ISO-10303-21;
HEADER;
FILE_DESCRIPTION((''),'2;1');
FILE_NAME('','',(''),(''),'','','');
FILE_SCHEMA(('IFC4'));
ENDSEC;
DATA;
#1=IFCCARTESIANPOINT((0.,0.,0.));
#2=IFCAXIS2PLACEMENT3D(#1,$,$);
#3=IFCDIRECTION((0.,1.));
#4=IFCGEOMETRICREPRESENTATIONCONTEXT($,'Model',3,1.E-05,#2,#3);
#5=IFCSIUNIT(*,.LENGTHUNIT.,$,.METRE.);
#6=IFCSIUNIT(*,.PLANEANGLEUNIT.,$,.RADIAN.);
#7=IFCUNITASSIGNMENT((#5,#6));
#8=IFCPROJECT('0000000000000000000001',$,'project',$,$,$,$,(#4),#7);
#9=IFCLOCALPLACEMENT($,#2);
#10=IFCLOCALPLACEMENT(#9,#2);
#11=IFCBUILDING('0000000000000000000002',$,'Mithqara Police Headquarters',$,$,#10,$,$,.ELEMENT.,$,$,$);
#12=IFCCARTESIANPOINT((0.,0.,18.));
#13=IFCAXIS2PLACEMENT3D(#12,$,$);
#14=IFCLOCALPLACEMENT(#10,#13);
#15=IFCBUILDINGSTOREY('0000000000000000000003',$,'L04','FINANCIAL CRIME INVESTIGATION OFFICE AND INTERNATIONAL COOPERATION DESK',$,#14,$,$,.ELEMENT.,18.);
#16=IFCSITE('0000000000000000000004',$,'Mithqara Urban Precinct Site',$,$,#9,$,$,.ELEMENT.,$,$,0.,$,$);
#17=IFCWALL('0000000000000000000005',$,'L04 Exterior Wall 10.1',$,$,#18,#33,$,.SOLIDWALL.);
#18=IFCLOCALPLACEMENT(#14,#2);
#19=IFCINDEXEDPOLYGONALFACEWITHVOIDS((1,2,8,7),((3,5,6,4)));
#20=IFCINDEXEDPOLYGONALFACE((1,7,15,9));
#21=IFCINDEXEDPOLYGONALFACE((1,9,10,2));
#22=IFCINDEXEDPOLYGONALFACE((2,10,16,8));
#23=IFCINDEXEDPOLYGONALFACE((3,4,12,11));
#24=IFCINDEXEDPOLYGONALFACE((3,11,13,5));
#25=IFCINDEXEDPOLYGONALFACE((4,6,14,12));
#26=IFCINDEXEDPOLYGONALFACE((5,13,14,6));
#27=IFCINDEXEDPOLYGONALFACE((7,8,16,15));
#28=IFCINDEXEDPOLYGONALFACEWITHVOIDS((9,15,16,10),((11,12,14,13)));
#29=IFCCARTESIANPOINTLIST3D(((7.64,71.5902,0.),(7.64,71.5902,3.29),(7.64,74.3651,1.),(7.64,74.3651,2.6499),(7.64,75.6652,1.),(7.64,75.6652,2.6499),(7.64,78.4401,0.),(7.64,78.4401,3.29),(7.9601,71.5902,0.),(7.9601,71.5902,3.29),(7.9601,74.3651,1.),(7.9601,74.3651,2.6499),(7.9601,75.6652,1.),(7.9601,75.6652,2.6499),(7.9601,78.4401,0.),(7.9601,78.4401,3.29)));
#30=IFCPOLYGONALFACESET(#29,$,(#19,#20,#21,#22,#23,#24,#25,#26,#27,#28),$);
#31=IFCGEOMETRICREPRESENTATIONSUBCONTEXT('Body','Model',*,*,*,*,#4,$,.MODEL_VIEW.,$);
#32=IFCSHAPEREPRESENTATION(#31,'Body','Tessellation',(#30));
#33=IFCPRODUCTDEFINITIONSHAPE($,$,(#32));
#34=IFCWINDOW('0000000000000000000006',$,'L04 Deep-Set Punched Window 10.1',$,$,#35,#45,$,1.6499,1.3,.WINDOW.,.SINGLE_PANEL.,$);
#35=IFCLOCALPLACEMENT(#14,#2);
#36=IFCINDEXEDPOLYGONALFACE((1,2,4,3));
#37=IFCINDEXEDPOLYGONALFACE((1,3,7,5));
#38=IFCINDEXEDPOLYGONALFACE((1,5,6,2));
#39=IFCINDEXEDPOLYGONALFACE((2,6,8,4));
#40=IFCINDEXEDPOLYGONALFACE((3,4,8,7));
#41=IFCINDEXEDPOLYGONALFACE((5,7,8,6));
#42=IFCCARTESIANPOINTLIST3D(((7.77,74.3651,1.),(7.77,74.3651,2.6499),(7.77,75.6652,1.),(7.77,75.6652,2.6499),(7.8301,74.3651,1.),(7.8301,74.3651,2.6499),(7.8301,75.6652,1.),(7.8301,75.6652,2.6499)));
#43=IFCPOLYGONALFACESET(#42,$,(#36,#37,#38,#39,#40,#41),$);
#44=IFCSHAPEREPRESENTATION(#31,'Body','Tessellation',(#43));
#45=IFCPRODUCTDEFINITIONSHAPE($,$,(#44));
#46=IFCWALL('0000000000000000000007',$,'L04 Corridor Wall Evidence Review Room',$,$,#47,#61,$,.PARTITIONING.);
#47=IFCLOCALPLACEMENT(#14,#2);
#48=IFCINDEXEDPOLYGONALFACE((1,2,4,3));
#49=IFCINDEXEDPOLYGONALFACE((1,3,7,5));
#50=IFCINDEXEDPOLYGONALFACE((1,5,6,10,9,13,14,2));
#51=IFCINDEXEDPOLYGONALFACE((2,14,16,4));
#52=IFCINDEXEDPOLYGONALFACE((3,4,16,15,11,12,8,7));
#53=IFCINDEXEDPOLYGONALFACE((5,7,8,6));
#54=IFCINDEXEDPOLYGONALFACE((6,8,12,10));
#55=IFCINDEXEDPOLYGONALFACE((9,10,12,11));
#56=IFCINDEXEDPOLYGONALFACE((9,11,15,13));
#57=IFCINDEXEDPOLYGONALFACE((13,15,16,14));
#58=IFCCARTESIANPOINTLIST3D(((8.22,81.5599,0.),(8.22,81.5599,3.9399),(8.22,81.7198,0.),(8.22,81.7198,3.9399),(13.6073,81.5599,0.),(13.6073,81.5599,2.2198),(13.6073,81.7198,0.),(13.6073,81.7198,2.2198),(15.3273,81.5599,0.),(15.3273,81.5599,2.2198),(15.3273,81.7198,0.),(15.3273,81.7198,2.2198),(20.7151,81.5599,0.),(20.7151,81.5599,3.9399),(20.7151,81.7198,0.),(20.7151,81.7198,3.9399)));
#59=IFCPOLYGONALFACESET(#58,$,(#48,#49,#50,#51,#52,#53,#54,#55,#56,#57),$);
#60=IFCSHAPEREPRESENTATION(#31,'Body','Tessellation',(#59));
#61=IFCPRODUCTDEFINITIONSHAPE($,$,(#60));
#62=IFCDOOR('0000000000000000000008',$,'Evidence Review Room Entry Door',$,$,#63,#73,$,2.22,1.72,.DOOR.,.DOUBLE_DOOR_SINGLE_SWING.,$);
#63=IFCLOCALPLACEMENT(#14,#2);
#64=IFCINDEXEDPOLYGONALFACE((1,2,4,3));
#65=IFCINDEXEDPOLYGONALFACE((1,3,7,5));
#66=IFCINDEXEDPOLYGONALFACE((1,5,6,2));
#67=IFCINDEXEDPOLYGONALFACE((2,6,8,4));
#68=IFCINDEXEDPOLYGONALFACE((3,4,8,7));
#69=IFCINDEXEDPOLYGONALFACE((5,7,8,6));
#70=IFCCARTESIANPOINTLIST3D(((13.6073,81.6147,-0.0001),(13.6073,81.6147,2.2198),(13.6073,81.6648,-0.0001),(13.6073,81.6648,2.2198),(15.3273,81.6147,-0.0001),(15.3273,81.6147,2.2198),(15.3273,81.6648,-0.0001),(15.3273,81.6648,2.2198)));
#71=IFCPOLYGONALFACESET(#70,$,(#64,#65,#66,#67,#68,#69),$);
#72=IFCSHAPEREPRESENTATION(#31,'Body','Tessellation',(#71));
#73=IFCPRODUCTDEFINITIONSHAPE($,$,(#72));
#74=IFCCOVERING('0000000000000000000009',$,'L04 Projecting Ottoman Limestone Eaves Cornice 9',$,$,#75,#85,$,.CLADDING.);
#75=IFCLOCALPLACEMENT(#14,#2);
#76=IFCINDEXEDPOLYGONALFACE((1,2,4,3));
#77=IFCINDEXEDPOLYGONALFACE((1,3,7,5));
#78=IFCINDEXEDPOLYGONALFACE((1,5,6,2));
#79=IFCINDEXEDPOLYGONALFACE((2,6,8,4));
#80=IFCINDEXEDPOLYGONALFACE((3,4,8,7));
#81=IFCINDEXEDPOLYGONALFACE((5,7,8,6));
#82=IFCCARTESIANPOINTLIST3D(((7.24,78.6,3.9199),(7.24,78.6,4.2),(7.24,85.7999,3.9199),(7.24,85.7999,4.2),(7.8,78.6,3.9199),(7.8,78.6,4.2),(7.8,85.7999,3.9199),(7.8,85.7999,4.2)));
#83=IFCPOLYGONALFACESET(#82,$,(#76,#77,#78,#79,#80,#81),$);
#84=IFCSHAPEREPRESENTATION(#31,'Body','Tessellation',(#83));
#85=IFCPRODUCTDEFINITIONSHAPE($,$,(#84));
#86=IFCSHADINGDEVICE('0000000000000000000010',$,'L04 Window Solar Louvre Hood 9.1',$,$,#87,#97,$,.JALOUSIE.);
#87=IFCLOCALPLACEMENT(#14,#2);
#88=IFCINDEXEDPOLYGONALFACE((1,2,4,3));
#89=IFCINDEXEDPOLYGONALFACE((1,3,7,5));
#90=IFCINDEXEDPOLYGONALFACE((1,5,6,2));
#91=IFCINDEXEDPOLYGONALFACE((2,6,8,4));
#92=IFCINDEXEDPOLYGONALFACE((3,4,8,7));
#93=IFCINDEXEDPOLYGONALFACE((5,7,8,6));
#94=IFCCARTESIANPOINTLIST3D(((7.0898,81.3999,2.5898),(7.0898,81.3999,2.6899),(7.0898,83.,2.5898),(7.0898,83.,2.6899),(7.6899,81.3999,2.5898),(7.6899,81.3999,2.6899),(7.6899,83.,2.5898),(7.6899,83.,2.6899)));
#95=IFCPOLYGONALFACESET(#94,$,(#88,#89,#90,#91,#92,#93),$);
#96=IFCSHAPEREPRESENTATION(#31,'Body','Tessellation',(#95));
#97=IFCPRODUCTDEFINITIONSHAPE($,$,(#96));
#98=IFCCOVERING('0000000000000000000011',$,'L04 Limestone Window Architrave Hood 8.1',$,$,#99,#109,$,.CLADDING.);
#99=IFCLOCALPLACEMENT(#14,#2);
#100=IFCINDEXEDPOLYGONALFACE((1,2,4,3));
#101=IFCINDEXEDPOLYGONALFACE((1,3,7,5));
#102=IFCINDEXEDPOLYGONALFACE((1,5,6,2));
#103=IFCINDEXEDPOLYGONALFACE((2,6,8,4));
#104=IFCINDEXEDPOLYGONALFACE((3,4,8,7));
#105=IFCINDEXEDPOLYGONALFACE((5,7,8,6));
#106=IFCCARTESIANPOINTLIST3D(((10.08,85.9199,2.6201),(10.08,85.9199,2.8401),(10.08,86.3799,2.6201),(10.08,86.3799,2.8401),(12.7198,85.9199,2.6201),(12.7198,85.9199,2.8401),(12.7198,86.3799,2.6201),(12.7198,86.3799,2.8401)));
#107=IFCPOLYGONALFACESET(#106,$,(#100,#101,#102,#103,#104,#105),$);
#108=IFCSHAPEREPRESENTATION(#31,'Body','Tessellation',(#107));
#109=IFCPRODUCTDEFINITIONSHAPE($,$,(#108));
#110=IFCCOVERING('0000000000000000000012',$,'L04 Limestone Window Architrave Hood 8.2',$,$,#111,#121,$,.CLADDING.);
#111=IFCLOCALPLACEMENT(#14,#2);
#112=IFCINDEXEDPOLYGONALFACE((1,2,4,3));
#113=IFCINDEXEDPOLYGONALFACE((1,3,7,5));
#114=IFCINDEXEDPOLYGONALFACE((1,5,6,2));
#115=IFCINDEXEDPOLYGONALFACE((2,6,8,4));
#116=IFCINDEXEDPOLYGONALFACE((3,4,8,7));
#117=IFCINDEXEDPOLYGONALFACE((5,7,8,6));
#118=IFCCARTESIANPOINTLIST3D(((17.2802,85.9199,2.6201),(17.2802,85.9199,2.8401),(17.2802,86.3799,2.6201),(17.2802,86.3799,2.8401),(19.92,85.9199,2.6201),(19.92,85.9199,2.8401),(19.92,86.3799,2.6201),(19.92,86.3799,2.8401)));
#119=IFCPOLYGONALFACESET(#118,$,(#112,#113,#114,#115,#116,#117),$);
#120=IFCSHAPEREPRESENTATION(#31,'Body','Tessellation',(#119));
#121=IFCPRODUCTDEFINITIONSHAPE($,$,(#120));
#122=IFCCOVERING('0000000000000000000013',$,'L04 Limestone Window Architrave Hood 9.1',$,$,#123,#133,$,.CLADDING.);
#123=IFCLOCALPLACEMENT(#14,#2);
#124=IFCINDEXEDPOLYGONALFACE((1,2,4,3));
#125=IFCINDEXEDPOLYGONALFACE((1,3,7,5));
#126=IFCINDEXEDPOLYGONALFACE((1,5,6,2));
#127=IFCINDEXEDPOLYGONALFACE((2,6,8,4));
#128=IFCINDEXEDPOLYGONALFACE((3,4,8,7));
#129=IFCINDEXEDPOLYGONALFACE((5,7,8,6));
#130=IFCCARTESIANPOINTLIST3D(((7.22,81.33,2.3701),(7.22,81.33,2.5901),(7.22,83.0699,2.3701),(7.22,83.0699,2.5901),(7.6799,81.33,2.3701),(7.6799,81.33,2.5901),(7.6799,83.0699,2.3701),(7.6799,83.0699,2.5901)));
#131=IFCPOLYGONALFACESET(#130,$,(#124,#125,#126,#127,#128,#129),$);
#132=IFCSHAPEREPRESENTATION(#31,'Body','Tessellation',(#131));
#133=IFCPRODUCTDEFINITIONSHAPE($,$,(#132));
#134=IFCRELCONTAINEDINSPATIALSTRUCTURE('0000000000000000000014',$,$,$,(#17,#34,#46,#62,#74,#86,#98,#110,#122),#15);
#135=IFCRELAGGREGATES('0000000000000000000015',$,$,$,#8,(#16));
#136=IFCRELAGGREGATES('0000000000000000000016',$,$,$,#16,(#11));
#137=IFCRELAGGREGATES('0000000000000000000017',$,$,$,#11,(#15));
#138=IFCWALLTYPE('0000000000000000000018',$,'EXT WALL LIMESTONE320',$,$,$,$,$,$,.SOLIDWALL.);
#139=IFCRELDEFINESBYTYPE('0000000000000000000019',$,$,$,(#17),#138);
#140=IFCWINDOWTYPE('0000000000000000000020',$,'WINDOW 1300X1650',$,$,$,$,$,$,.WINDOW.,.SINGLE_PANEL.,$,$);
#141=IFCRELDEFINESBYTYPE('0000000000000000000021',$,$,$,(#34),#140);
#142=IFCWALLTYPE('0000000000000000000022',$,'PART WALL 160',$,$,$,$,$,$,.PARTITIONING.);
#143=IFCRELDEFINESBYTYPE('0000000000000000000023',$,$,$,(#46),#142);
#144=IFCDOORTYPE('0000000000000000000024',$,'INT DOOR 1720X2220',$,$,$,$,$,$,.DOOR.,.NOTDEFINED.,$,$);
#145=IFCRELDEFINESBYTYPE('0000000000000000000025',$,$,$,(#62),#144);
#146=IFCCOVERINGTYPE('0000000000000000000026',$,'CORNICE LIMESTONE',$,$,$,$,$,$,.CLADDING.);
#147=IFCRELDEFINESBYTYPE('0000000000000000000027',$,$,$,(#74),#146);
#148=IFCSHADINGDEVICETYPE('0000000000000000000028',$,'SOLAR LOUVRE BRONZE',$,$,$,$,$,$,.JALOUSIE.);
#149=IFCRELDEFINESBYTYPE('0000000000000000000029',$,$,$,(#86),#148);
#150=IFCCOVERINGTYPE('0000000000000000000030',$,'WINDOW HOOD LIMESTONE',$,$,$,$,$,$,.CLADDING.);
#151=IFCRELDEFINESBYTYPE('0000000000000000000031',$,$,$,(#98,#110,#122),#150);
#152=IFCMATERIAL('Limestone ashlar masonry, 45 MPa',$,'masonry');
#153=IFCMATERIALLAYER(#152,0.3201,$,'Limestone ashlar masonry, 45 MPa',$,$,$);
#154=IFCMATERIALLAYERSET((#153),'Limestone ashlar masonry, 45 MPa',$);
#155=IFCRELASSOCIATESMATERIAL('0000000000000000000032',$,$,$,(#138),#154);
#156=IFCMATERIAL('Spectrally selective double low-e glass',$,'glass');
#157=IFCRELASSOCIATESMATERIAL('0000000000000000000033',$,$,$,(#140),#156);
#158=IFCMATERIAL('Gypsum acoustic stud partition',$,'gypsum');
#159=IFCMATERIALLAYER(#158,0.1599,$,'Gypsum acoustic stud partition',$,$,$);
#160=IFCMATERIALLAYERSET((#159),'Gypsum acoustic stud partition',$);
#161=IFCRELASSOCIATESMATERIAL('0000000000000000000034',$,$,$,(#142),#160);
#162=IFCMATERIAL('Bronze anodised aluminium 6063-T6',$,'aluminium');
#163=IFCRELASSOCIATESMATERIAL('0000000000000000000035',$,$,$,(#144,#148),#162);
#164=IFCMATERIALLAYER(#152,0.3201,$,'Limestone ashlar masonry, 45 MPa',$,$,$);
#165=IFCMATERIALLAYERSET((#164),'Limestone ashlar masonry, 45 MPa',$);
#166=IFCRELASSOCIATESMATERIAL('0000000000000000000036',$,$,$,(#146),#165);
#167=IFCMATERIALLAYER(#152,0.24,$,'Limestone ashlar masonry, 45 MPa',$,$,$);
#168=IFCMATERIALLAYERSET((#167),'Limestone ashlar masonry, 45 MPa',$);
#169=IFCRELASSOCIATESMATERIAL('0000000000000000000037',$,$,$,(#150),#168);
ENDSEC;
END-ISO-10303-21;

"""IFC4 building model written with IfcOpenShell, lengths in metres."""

from ifc_helpers import new_model, si_unit, direction, frame, frame_2d, origin, origin_2d, place, context, subcontext, project, spatial, rectangle, extrude, material, layer, layer_set, type_object, element, fill, save


model = new_model("IFC4")

# Units and contexts
model_context = context("Model", 3, precision=1e-05, world=origin(), true_north=direction((0.0, 1.0)))
body_context = subcontext(model_context, "Body", "Model", "MODEL_VIEW")
ifc_project = project(units=[si_unit("LENGTHUNIT", "METRE"), si_unit("PLANEANGLEUNIT", "RADIAN")], contexts=[model_context])

# Site, building, storey
site_placement = place(None, origin())
site = spatial("IfcSite", under=ifc_project, at=site_placement, Name="Mithqara Urban Precinct Site", CompositionType="ELEMENT", RefElevation=0.0)
building_placement = place(site_placement, origin())
building = spatial("IfcBuilding", under=site, at=building_placement, Name="Mithqara Police Headquarters", CompositionType="ELEMENT")
storey_placement = place(building_placement, frame((0.0, 0.0, 18.0)))
storey = spatial("IfcBuildingStorey", under=building, at=storey_placement, Name="L04", Description="FINANCIAL CRIME INVESTIGATION OFFICE AND INTERNATIONAL COOPERATION DESK", CompositionType="ELEMENT", Elevation=18.0)

# Wall, opening, window
ifc_material_1 = material(Name="Limestone ashlar masonry, 45 MPa", Category="masonry")
ifc_layer_1 = layer(ifc_material_1, 0.3201, Name="Limestone ashlar masonry, 45 MPa")
ifc_layer_set_1 = layer_set([ifc_layer_1], Name="Limestone ashlar masonry, 45 MPa")
wall_type_1 = type_object("IfcWallType", Name="EXT WALL LIMESTONE320", PredefinedType="SOLIDWALL", material=ifc_layer_set_1)
ifc_material_2 = material(Name="Spectrally selective double low-e glass", Category="glass")
wall_1_placement = place(storey_placement, frame((7.8, 78.4399, 0.0), z_axis=(0.0, 0.0, 1.0), x_axis=(0.0, -1.0, 0.0)))
wall_1 = element("IfcWall", 1, at=wall_1_placement, inside=storey, type_object=wall_type_1, Name="L04 Exterior Wall 10.1", PredefinedType="SOLIDWALL", context=body_context, shape_type="SweptSolid", body=[
    extrude(rectangle(XDim=6.8499, YDim=0.3201, at=frame_2d((3.4248, 0.0))), origin(), (0.0, 0.0, 1.0), 3.29),
])
opening_1_placement = place(wall_1_placement, frame((2.7749, 0.0, 1.0)))
opening_1 = element("IfcOpeningElement", 2, at=opening_1_placement, cuts=wall_1, PredefinedType="OPENING", context=body_context, shape_type="SweptSolid", body=[
    extrude(rectangle(XDim=1.3, YDim=1.6499, at=frame_2d((0.6499, 0.825))), frame((0.0, 0.1699, 0.0), z_axis=(0.0, -1.0, 0.0), x_axis=(1.0, 0.0, 0.0)), (0.0, 0.0, 1.0), 0.3401),
])
window_type_1 = type_object("IfcWindowType", Name="WINDOW 1300X1650", PartitioningType="SINGLE_PANEL", PredefinedType="WINDOW", material=ifc_material_2)
window_1_placement = place(opening_1_placement, origin())
window_1 = element("IfcWindow", 3, at=window_1_placement, inside=storey, type_object=window_type_1, Name="L04 Deep-Set Punched Window 10.1", OverallHeight=1.6499, OverallWidth=1.3, PartitioningType="SINGLE_PANEL", PredefinedType="WINDOW", context=body_context, shape_type="SweptSolid", body=[
    extrude(rectangle(XDim=1.3, YDim=1.6499, at=frame_2d((0.6499, 0.825))), frame((0.0, 0.03, 0.0), z_axis=(0.0, -1.0, 0.0), x_axis=(1.0, 0.0, 0.0)), (0.0, 0.0, 1.0), 0.0601),
])
fill(opening_1, window_1)

# Wall, opening, door
ifc_material_3 = material(Name="Gypsum acoustic stud partition", Category="gypsum")
ifc_layer_2 = layer(ifc_material_3, 0.1599, Name="Gypsum acoustic stud partition")
ifc_layer_set_2 = layer_set([ifc_layer_2], Name="Gypsum acoustic stud partition")
wall_type_2 = type_object("IfcWallType", Name="PART WALL 160", PredefinedType="PARTITIONING", material=ifc_layer_set_2)
wall_2_placement = place(storey_placement, frame((8.22, 81.6399, 0.0), z_axis=(0.0, 0.0, 1.0), x_axis=(1.0, 0.0, 0.0)))
wall_2 = element("IfcWall", 4, at=wall_2_placement, inside=storey, type_object=wall_type_2, Name="L04 Corridor Wall Evidence Review Room", PredefinedType="PARTITIONING", context=body_context, shape_type="SweptSolid", body=[
    extrude(rectangle(XDim=12.4951, YDim=0.1599, at=frame_2d((6.2476, 0.0))), origin(), (0.0, 0.0, 1.0), 3.9399),
])
opening_2_placement = place(wall_2_placement, frame((5.3875, 0.0, 0.0)))
opening_2 = element("IfcOpeningElement", 5, at=opening_2_placement, cuts=wall_2, PredefinedType="OPENING", context=body_context, shape_type="SweptSolid", body=[
    extrude(rectangle(XDim=1.72, YDim=2.22, at=frame_2d((0.8599, 1.1099))), frame((0.0, 0.0898, 0.0), z_axis=(0.0, -1.0, 0.0), x_axis=(1.0, 0.0, 0.0)), (0.0, 0.0, 1.0), 0.1799),
])
ifc_material_4 = material(Name="Bronze anodised aluminium 6063-T6", Category="aluminium")
door_type = type_object("IfcDoorType", Name="INT DOOR 1720X2220", OperationType="NOTDEFINED", PredefinedType="DOOR", material=ifc_material_4)
door_placement = place(opening_2_placement, origin())
door = element("IfcDoor", 6, at=door_placement, inside=storey, type_object=door_type, Name="Evidence Review Room Entry Door", OperationType="DOUBLE_DOOR_SINGLE_SWING", OverallHeight=2.22, OverallWidth=1.72, PredefinedType="DOOR", context=body_context, shape_type="SweptSolid", body=[
    extrude(rectangle(XDim=1.72, YDim=2.22, at=frame_2d((0.8599, 1.1099))), frame((0.0, 0.0249, 0.0), z_axis=(0.0, -1.0, 0.0), x_axis=(1.0, 0.0, 0.0)), (0.0, 0.0, 1.0), 0.05),
])
fill(opening_2, door)

# Covering
ifc_layer_3 = layer(ifc_material_1, 0.3201, Name="Limestone ashlar masonry, 45 MPa")
ifc_layer_set_3 = layer_set([ifc_layer_3], Name="Limestone ashlar masonry, 45 MPa")
covering_type_1 = type_object("IfcCoveringType", Name="CORNICE LIMESTONE", PredefinedType="CLADDING", material=ifc_layer_set_3)
covering_1_placement = place(storey_placement, frame((7.52, 82.2, 3.9199), z_axis=(0.0, 0.0, 1.0), x_axis=(0.0, 1.0, 0.0)))
element("IfcCovering", 7, at=covering_1_placement, inside=storey, type_object=covering_type_1, Name="L04 Projecting Ottoman Limestone Eaves Cornice 9", PredefinedType="CLADDING", context=body_context, shape_type="SweptSolid", body=[
    extrude(rectangle(XDim=7.2, YDim=0.5601, at=origin_2d()), origin(), (0.0, 0.0, 1.0), 0.28),
])

# Shading device
shading_device_type = type_object("IfcShadingDeviceType", Name="SOLAR LOUVRE BRONZE", PredefinedType="JALOUSIE", material=ifc_material_4)
shading_device_placement = place(storey_placement, frame((7.3899, 82.2, 2.5898), z_axis=(0.0, 0.0, 1.0), x_axis=(0.0, 1.0, 0.0)))
element("IfcShadingDevice", 8, at=shading_device_placement, inside=storey, type_object=shading_device_type, Name="L04 Window Solar Louvre Hood 9.1", PredefinedType="JALOUSIE", context=body_context, shape_type="SweptSolid", body=[
    extrude(rectangle(XDim=1.6001, YDim=0.6001, at=origin_2d()), origin(), (0.0, 0.0, 1.0), 0.1001),
])

# Coverings
ifc_layer_4 = layer(ifc_material_1, 0.24, Name="Limestone ashlar masonry, 45 MPa")
ifc_layer_set_4 = layer_set([ifc_layer_4], Name="Limestone ashlar masonry, 45 MPa")
covering_type_2 = type_object("IfcCoveringType", Name="WINDOW HOOD LIMESTONE", PredefinedType="CLADDING", material=ifc_layer_set_4)
for number, where, z_axis, x_axis, name in (
    (9, (11.3999, 86.1499, 2.6201), (0.0, 0.0, 1.0), (1.0, 0.0, 0.0), "L04 Limestone Window Architrave Hood 8.1"),
    (10, (18.6001, 86.1499, 2.6201), (0.0, 0.0, 1.0), (1.0, 0.0, 0.0), "L04 Limestone Window Architrave Hood 8.2"),
):
    element("IfcCovering", number, at=place(storey_placement, frame(where, z_axis=z_axis, x_axis=x_axis)), inside=storey, type_object=covering_type_2, Name=name, PredefinedType="CLADDING", context=body_context, shape_type="SweptSolid", body=[
        extrude(rectangle(XDim=2.6399, YDim=0.46, at=origin_2d()), origin(), (0.0, 0.0, 1.0), 0.22),
    ])
covering_2_placement = place(storey_placement, frame((7.45, 82.2, 2.3701), z_axis=(0.0, 0.0, 1.0), x_axis=(0.0, 1.0, 0.0)))
element("IfcCovering", 11, at=covering_2_placement, inside=storey, type_object=covering_type_2, Name="L04 Limestone Window Architrave Hood 9.1", PredefinedType="CLADDING", context=body_context, shape_type="SweptSolid", body=[
    extrude(rectangle(XDim=1.74, YDim=0.46, at=origin_2d()), origin(), (0.0, 0.0, 1.0), 0.22),
])

save(model, "model.ifc")
